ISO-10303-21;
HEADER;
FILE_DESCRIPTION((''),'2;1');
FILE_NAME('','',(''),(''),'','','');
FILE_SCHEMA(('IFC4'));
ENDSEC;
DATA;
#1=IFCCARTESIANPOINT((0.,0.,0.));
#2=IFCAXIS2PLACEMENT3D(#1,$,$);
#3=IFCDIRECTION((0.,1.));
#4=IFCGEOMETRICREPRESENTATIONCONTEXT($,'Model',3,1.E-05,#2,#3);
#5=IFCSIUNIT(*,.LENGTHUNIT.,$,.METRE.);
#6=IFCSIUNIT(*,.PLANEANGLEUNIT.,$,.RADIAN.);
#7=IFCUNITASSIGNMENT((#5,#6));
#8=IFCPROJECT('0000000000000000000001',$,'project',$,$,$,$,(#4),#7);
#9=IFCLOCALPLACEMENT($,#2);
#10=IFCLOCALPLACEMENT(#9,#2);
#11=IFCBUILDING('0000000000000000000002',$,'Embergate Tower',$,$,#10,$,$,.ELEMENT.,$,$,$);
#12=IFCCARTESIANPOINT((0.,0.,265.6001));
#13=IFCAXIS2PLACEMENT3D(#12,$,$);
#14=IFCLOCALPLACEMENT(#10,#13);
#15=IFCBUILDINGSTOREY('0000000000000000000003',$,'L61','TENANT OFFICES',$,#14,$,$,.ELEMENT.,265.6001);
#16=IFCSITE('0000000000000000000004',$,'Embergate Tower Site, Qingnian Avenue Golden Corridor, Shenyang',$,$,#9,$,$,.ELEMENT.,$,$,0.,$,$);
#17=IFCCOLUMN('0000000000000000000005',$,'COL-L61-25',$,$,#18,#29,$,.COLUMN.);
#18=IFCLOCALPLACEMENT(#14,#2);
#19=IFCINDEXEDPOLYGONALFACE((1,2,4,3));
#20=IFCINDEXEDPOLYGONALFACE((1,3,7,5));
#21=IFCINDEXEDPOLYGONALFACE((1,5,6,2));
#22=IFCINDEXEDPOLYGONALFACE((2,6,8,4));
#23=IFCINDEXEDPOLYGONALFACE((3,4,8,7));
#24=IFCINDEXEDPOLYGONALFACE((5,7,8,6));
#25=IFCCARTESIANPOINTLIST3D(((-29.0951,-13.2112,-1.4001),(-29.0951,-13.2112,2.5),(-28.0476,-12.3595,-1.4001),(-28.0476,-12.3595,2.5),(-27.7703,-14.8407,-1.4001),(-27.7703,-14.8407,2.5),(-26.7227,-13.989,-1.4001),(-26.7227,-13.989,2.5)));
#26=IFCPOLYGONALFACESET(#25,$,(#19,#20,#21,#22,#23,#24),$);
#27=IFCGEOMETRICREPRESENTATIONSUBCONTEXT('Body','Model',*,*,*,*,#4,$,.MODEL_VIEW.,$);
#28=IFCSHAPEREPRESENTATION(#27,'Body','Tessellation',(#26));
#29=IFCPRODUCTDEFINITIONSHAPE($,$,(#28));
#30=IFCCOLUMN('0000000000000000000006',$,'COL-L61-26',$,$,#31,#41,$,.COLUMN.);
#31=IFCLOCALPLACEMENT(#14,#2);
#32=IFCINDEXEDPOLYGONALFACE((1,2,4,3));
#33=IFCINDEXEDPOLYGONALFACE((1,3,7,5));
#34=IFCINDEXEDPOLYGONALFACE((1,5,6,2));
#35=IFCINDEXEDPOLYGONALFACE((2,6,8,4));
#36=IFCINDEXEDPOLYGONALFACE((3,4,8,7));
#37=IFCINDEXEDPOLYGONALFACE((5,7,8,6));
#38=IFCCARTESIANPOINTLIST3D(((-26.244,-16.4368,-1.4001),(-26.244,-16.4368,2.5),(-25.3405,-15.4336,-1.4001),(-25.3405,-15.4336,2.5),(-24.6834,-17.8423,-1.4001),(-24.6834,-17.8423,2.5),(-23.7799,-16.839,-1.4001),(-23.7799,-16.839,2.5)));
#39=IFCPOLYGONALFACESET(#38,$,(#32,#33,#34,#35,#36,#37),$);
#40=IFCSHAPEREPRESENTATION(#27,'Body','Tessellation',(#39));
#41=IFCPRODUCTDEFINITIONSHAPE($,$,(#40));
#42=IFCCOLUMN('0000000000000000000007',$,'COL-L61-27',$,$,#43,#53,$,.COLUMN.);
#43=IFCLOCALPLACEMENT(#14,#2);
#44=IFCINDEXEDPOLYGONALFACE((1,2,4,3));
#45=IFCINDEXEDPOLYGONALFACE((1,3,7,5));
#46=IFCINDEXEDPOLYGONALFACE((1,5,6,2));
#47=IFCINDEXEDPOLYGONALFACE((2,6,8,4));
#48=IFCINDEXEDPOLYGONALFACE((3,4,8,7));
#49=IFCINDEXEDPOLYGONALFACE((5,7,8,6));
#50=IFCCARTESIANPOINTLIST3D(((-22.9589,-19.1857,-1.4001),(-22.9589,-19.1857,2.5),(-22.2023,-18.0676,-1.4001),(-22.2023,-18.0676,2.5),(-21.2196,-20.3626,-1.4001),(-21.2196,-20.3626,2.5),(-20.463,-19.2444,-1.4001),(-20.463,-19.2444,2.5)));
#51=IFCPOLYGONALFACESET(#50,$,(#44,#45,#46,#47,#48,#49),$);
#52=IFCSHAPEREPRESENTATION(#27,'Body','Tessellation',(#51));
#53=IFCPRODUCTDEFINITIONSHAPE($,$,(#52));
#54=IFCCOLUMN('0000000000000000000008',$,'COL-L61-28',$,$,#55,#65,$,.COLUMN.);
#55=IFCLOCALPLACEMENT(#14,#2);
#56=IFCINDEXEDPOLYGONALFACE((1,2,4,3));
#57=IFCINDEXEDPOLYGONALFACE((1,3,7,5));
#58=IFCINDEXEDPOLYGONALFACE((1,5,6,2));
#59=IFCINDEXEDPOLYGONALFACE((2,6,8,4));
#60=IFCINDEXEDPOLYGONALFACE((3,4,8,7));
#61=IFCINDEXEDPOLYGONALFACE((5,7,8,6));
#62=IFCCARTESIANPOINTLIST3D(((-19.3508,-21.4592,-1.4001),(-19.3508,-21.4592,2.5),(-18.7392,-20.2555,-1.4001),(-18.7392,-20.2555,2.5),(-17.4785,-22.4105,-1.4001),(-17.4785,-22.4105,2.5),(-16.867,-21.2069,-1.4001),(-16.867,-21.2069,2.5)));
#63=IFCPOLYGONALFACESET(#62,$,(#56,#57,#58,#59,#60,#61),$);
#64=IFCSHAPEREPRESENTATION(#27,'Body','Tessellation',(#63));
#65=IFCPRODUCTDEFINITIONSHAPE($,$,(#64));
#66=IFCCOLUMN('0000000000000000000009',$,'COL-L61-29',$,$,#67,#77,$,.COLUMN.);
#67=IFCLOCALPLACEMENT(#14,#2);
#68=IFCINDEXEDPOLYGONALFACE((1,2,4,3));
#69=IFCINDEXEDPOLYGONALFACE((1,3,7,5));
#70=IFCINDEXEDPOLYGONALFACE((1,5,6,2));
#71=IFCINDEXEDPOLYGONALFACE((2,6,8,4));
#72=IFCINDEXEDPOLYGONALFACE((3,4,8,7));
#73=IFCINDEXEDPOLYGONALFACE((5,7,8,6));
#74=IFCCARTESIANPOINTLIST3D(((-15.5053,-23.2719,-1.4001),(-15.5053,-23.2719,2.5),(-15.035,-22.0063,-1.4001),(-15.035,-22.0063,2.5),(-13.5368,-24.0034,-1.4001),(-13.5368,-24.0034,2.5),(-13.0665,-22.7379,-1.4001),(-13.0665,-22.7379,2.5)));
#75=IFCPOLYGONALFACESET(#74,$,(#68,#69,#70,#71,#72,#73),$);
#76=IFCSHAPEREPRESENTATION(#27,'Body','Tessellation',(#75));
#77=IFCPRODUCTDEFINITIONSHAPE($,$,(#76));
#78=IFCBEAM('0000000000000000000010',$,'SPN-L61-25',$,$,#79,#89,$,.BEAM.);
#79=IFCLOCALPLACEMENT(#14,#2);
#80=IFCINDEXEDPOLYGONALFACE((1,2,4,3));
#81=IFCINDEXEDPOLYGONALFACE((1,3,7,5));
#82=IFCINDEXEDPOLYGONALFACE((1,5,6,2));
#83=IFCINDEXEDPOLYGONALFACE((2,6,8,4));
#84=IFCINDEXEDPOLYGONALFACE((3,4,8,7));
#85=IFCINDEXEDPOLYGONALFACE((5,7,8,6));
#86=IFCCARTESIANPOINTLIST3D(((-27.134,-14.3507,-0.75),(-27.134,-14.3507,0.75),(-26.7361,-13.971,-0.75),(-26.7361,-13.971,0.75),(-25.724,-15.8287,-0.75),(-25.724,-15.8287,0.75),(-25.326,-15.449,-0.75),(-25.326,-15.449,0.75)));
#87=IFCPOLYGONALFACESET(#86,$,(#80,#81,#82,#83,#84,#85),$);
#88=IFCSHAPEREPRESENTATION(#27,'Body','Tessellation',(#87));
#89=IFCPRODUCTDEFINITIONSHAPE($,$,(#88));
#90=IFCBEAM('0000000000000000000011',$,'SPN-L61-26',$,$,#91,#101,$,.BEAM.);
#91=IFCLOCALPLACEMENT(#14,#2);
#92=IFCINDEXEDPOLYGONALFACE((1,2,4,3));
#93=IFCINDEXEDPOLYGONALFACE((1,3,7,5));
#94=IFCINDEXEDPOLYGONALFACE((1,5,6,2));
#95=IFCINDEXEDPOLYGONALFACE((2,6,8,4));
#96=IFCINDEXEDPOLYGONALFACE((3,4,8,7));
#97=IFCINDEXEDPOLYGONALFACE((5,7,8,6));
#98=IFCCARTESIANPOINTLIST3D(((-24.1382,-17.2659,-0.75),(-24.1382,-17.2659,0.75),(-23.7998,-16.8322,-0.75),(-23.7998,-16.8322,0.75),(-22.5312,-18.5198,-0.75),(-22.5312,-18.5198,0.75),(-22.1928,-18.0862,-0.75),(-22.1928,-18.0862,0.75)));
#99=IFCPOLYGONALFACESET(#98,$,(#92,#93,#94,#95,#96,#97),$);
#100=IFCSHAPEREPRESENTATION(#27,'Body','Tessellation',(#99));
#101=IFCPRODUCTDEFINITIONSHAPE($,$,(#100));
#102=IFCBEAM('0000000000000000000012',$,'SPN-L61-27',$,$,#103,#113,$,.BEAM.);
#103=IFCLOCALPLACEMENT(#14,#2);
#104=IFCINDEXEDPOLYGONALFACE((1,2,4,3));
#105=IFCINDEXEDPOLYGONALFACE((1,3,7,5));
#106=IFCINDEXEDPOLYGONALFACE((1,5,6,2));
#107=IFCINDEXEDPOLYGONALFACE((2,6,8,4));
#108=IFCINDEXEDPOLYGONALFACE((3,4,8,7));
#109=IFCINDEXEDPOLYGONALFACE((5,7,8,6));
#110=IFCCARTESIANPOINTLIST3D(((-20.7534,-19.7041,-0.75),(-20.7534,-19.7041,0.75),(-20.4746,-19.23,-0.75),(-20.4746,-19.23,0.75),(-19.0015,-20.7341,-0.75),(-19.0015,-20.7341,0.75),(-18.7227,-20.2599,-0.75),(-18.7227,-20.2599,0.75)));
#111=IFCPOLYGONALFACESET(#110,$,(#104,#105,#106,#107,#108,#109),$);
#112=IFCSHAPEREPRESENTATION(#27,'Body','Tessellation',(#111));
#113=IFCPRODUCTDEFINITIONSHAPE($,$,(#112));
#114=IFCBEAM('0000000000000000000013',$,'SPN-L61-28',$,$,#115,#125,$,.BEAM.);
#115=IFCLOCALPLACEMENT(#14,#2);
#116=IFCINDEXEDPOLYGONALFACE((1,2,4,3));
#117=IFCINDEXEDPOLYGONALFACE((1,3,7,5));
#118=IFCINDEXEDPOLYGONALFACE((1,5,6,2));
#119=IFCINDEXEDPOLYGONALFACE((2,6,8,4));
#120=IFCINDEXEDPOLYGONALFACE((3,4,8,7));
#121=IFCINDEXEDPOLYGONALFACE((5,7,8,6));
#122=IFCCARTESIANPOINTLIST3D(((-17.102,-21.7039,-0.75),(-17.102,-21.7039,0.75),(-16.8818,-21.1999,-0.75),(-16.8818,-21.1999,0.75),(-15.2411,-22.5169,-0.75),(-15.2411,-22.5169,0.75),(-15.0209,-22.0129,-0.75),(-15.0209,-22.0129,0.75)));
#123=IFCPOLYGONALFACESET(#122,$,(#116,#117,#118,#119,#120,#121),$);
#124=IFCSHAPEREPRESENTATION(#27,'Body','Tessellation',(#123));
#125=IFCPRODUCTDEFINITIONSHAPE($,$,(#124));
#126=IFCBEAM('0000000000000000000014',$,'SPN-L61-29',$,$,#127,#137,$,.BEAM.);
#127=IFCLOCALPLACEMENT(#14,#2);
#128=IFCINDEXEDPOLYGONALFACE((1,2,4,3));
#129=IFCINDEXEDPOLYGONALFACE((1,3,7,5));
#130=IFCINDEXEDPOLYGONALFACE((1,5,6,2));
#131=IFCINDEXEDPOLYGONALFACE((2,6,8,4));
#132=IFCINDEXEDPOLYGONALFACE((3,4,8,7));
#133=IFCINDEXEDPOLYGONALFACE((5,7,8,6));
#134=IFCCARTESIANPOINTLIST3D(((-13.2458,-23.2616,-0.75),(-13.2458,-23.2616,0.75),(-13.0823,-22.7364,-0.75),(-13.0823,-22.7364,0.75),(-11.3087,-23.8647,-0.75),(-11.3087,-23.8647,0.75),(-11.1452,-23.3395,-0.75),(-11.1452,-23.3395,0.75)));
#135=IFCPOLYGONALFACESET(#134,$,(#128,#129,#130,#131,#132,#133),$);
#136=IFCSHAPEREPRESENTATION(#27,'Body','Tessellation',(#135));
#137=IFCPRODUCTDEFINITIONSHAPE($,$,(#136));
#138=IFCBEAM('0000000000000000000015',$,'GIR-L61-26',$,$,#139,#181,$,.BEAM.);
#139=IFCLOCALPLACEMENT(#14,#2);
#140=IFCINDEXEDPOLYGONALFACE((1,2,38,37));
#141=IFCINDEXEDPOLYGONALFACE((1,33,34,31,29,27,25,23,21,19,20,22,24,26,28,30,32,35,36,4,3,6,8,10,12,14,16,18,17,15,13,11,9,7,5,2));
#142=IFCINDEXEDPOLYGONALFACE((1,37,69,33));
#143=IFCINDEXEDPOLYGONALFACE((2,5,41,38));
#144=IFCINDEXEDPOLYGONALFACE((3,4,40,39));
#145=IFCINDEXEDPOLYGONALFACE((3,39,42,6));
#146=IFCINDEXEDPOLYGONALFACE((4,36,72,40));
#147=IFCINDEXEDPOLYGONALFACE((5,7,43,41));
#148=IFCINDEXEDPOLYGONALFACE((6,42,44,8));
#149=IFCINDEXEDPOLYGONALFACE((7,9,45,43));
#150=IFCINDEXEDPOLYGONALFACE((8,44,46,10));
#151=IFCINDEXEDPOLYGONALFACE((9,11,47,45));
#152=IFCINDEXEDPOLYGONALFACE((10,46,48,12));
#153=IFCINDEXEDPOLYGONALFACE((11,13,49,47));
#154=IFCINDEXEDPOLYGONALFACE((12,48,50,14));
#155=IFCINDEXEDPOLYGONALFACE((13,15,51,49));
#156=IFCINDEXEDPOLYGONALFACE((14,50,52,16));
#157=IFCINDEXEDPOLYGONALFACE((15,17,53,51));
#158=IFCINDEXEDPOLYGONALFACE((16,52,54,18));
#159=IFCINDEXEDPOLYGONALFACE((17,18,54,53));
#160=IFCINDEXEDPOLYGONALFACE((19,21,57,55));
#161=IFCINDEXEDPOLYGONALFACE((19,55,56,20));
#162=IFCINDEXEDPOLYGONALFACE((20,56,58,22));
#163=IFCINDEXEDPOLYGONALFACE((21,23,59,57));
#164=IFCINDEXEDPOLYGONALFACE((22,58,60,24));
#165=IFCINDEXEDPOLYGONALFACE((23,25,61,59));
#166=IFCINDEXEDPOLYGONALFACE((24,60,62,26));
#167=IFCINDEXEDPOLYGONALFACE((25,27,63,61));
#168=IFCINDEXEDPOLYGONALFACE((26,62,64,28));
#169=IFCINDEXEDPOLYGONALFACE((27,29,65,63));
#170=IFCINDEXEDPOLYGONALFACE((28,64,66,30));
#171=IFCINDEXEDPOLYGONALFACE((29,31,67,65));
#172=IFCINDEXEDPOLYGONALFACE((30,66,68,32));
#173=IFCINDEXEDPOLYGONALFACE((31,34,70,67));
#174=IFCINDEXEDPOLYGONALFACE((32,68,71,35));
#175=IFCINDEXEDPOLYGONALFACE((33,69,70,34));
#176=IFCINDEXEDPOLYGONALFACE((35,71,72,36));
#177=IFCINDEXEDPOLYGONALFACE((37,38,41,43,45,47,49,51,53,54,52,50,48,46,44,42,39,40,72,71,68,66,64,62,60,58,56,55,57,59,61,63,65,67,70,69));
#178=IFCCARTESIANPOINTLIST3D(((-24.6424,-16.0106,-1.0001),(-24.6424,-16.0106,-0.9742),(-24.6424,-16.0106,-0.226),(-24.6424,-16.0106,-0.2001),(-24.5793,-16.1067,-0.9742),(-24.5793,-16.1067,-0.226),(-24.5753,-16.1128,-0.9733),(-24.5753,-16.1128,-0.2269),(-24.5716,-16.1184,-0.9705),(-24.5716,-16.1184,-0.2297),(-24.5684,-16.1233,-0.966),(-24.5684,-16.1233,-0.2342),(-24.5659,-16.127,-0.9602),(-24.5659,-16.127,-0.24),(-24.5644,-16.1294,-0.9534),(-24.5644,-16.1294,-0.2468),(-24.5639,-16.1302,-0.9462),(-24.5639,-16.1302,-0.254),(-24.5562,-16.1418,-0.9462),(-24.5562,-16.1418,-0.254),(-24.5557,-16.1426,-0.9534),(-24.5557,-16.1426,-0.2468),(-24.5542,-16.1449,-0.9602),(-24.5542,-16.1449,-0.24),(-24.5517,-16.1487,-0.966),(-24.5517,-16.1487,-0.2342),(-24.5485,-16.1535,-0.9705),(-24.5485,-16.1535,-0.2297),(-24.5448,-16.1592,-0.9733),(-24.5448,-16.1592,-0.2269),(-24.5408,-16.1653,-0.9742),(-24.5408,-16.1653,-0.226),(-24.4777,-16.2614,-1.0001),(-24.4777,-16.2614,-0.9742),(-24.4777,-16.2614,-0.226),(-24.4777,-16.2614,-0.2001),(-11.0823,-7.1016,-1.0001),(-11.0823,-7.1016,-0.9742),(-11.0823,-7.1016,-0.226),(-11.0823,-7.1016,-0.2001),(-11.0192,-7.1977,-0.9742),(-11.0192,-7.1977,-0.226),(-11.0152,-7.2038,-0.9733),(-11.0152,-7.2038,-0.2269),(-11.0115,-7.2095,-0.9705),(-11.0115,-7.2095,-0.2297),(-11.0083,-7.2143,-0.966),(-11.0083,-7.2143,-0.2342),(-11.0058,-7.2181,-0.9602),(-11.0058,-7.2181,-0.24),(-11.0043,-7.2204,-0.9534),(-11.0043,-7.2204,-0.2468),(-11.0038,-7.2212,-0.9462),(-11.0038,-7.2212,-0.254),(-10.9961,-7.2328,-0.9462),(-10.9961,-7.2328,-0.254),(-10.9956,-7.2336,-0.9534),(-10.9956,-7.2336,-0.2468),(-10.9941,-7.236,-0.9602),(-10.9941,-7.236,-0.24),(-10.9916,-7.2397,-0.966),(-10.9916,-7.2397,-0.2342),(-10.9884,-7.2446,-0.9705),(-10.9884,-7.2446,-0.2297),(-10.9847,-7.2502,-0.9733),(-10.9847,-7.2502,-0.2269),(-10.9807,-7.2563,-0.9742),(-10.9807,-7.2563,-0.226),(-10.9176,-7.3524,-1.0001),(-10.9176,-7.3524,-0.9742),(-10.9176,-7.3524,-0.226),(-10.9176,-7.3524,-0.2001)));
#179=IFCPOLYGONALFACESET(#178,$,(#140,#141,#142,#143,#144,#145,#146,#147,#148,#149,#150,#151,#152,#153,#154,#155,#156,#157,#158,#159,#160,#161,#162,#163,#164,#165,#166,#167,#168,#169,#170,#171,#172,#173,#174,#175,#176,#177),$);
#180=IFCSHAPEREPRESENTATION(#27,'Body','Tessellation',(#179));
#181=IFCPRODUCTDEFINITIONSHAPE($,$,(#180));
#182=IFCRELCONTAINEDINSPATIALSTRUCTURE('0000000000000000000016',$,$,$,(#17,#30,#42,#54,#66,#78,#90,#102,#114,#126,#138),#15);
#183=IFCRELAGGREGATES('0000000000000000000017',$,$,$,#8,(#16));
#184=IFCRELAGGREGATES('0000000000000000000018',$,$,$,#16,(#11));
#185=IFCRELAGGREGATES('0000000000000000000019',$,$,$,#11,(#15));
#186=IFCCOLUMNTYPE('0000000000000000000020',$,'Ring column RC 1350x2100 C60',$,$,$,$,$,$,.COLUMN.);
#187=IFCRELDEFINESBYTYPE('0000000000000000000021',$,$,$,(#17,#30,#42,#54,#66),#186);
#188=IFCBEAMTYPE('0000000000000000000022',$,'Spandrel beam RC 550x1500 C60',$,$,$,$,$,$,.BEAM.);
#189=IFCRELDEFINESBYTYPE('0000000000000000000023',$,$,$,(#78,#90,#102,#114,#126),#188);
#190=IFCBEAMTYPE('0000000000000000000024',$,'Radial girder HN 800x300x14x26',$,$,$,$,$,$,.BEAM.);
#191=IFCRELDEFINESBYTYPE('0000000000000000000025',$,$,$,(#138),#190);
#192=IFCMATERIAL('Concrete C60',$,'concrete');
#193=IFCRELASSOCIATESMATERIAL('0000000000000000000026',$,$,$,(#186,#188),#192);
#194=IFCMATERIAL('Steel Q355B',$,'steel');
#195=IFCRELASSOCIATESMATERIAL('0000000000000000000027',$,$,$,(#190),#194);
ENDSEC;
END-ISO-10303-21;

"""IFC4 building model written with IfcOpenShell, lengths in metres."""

from ifc_helpers import new_model, si_unit, direction, frame, origin, origin_2d, place, context, subcontext, project, spatial, rectangle, i_section, extrude, source, transform, mapped, material, material_profile, profile_set, type_object, element, save


model = new_model("IFC4")

# Units and contexts
model_context = context("Model", 3, precision=1e-05, world=origin(), true_north=direction((0.0, 1.0)))
body_context = subcontext(model_context, "Body", "Model", "MODEL_VIEW")
ifc_project = project(units=[si_unit("LENGTHUNIT", "METRE"), si_unit("PLANEANGLEUNIT", "RADIAN")], contexts=[model_context])

# Site, building, storey
site_placement = place(None, origin())
site = spatial("IfcSite", under=ifc_project, at=site_placement, Name="Embergate Tower Site, Qingnian Avenue Golden Corridor, Shenyang", CompositionType="ELEMENT", RefElevation=0.0)
building_placement = place(site_placement, origin())
building = spatial("IfcBuilding", under=site, at=building_placement, Name="Embergate Tower", CompositionType="ELEMENT")
storey_placement = place(building_placement, frame((0.0, 0.0, 265.6001)))
storey = spatial("IfcBuildingStorey", under=building, at=storey_placement, Name="L61", Description="TENANT OFFICES", CompositionType="ELEMENT", Elevation=265.6001)

# Columns
ifc_material_1 = material(Name="Concrete C60", Category="concrete")
ifc_material_profile_1 = material_profile(ifc_material_1, rectangle(XDim=1.3501, YDim=2.1001, at=origin_2d()), Name="RC 1350x2100")
ifc_profile_set_1 = profile_set([ifc_material_profile_1], Name="Concrete C60")
column_type = type_object("IfcColumnType", Name="Ring column RC 1350x2100 C60", PredefinedType="COLUMN", material=ifc_profile_set_1)
shared_shape_1 = source(origin(), body_context, "Body", "SweptSolid", [
    extrude(rectangle(XDim=1.3501, YDim=2.1001, at=origin_2d()), origin(), (0.0, 0.0, 1.0), 3.9001),
])
for number, where, z_axis, x_axis, name in (
    (1, (-27.9089, -13.6001, -1.4001), (0.0, 0.0, 1.0), (-0.775914, -0.630838, 0.0), "COL-L61-25"),
    (2, (-25.012, -16.6379, -1.4001), (0.0, 0.0, 1.0), (-0.669208, -0.743075, 0.0), "COL-L61-26"),
    (3, (-21.7109, -19.2151, -1.4001), (0.0, 0.0, 1.0), (-0.560393, -0.828227, 0.0), "COL-L61-27"),
    (4, (-18.1089, -21.333, -1.4001), (0.0, 0.0, 1.0), (-0.452995, -0.891513, 0.0), "COL-L61-28"),
    (5, (-14.2859, -23.0049, -1.4001), (0.0, 0.0, 1.0), (-0.348343, -0.937367, 0.0), "COL-L61-29"),
):
    element("IfcColumn", number, at=place(storey_placement, frame(where, z_axis=z_axis, x_axis=x_axis)), inside=storey, type_object=column_type, Name=name, PredefinedType="COLUMN", context=body_context, shape_type="MappedRepresentation", body=[
        mapped(shared_shape_1, transform((0.0, 0.0, 0.0))),
    ])

# Beams
ifc_material_profile_2 = material_profile(ifc_material_1, rectangle(XDim=0.55, YDim=1.5, at=origin_2d()), Name="RC 550x1500")
ifc_profile_set_2 = profile_set([ifc_material_profile_2], Name="Concrete C60")
beam_type_1 = type_object("IfcBeamType", Name="Spandrel beam RC 550x1500 C60", PredefinedType="BEAM", material=ifc_profile_set_2)
shared_shape_2 = source(origin(), body_context, "Body", "SweptSolid", [
    extrude(rectangle(XDim=0.55, YDim=1.5, at=origin_2d()), origin(), (0.0, 0.0, 1.0), 2.0427),
])
beam_1_placement = place(storey_placement, frame((-26.9351, -14.1609, 0.0), z_axis=(0.690299, -0.723524, 0.0), x_axis=(0.723524, 0.690299, 0.0)))
element("IfcBeam", 6, at=beam_1_placement, inside=storey, type_object=beam_type_1, Name="SPN-L61-25", PredefinedType="BEAM", context=body_context, shape_type="MappedRepresentation", body=[
    mapped(shared_shape_2, transform((0.0, 0.0, 0.0))),
])
shared_shape_3 = source(origin(), body_context, "Body", "SweptSolid", [
    extrude(rectangle(XDim=0.55, YDim=1.5, at=origin_2d()), origin(), (0.0, 0.0, 1.0), 2.0383),
])
beam_2_placement = place(storey_placement, frame((-23.969, -17.0491, 0.0), z_axis=(0.788384, -0.615184, 0.0), x_axis=(0.615184, 0.788384, 0.0)))
element("IfcBeam", 7, at=beam_2_placement, inside=storey, type_object=beam_type_1, Name="SPN-L61-26", PredefinedType="BEAM", context=body_context, shape_type="MappedRepresentation", body=[
    mapped(shared_shape_3, transform((0.0, 0.0, 0.0))),
])
shared_shape_4 = source(origin(), body_context, "Body", "SweptSolid", [
    extrude(rectangle(XDim=0.55, YDim=1.5, at=origin_2d()), origin(), (0.0, 0.0, 1.0), 2.0322),
])
beam_3_placement = place(storey_placement, frame((-20.614, -19.467, 0.0), z_axis=(0.862048, -0.506826, 0.0), x_axis=(0.506826, 0.862048, 0.0)))
element("IfcBeam", 8, at=beam_3_placement, inside=storey, type_object=beam_type_1, Name="SPN-L61-27", PredefinedType="BEAM", context=body_context, shape_type="MappedRepresentation", body=[
    mapped(shared_shape_4, transform((0.0, 0.0, 0.0))),
])
shared_shape_5 = source(origin(), body_context, "Body", "SweptSolid", [
    extrude(rectangle(XDim=0.55, YDim=1.5, at=origin_2d()), origin(), (0.0, 0.0, 1.0), 2.0308),
])
beam_4_placement = place(storey_placement, frame((-16.9919, -21.4519, 0.0), z_axis=(0.916361, -0.400352, 0.0), x_axis=(0.400352, 0.916361, 0.0)))
element("IfcBeam", 9, at=beam_4_placement, inside=storey, type_object=beam_type_1, Name="SPN-L61-28", PredefinedType="BEAM", context=body_context, shape_type="MappedRepresentation", body=[
    mapped(shared_shape_5, transform((0.0, 0.0, 0.0))),
])
shared_shape_6 = source(origin(), body_context, "Body", "SweptSolid", [
    extrude(rectangle(XDim=0.55, YDim=1.5, at=origin_2d()), origin(), (0.0, 0.0, 1.0), 2.0288),
])
beam_5_placement = place(storey_placement, frame((-13.1641, -22.999, 0.0), z_axis=(0.954801, -0.297247, 0.0), x_axis=(0.297247, 0.954801, 0.0)))
element("IfcBeam", 10, at=beam_5_placement, inside=storey, type_object=beam_type_1, Name="SPN-L61-29", PredefinedType="BEAM", context=body_context, shape_type="MappedRepresentation", body=[
    mapped(shared_shape_6, transform((0.0, 0.0, 0.0))),
])
ifc_material_2 = material(Name="Steel Q355B", Category="steel")
ifc_material_profile_3 = material_profile(ifc_material_2, i_section(OverallWidth=0.3, OverallDepth=0.8, WebThickness=0.0139, FlangeThickness=0.0259, FilletRadius=0.0281, at=origin_2d()), Name="HN 800x300x14x26")
ifc_profile_set_3 = profile_set([ifc_material_profile_3], Name="Steel Q355 grade B")
beam_type_2 = type_object("IfcBeamType", Name="Radial girder HN 800x300x14x26", PredefinedType="BEAM", material=ifc_profile_set_3)
shared_shape_7 = source(origin(), body_context, "Body", "SweptSolid", [
    extrude(i_section(OverallWidth=0.3, OverallDepth=0.8, WebThickness=0.0139, FlangeThickness=0.0259, FilletRadius=0.0281, at=origin_2d()), origin(), (0.0, 0.0, 1.0), 16.2249),
])
beam_6_placement = place(storey_placement, frame((-24.5601, -16.136, -0.6001), z_axis=(0.835761, 0.549094, 0.0), x_axis=(-0.549094, 0.835761, 0.0)))
element("IfcBeam", 11, at=beam_6_placement, inside=storey, type_object=beam_type_2, Name="GIR-L61-26", PredefinedType="BEAM", context=body_context, shape_type="MappedRepresentation", body=[
    mapped(shared_shape_7, transform((0.0, 0.0, 0.0))),
])

save(model, "model.ifc")
